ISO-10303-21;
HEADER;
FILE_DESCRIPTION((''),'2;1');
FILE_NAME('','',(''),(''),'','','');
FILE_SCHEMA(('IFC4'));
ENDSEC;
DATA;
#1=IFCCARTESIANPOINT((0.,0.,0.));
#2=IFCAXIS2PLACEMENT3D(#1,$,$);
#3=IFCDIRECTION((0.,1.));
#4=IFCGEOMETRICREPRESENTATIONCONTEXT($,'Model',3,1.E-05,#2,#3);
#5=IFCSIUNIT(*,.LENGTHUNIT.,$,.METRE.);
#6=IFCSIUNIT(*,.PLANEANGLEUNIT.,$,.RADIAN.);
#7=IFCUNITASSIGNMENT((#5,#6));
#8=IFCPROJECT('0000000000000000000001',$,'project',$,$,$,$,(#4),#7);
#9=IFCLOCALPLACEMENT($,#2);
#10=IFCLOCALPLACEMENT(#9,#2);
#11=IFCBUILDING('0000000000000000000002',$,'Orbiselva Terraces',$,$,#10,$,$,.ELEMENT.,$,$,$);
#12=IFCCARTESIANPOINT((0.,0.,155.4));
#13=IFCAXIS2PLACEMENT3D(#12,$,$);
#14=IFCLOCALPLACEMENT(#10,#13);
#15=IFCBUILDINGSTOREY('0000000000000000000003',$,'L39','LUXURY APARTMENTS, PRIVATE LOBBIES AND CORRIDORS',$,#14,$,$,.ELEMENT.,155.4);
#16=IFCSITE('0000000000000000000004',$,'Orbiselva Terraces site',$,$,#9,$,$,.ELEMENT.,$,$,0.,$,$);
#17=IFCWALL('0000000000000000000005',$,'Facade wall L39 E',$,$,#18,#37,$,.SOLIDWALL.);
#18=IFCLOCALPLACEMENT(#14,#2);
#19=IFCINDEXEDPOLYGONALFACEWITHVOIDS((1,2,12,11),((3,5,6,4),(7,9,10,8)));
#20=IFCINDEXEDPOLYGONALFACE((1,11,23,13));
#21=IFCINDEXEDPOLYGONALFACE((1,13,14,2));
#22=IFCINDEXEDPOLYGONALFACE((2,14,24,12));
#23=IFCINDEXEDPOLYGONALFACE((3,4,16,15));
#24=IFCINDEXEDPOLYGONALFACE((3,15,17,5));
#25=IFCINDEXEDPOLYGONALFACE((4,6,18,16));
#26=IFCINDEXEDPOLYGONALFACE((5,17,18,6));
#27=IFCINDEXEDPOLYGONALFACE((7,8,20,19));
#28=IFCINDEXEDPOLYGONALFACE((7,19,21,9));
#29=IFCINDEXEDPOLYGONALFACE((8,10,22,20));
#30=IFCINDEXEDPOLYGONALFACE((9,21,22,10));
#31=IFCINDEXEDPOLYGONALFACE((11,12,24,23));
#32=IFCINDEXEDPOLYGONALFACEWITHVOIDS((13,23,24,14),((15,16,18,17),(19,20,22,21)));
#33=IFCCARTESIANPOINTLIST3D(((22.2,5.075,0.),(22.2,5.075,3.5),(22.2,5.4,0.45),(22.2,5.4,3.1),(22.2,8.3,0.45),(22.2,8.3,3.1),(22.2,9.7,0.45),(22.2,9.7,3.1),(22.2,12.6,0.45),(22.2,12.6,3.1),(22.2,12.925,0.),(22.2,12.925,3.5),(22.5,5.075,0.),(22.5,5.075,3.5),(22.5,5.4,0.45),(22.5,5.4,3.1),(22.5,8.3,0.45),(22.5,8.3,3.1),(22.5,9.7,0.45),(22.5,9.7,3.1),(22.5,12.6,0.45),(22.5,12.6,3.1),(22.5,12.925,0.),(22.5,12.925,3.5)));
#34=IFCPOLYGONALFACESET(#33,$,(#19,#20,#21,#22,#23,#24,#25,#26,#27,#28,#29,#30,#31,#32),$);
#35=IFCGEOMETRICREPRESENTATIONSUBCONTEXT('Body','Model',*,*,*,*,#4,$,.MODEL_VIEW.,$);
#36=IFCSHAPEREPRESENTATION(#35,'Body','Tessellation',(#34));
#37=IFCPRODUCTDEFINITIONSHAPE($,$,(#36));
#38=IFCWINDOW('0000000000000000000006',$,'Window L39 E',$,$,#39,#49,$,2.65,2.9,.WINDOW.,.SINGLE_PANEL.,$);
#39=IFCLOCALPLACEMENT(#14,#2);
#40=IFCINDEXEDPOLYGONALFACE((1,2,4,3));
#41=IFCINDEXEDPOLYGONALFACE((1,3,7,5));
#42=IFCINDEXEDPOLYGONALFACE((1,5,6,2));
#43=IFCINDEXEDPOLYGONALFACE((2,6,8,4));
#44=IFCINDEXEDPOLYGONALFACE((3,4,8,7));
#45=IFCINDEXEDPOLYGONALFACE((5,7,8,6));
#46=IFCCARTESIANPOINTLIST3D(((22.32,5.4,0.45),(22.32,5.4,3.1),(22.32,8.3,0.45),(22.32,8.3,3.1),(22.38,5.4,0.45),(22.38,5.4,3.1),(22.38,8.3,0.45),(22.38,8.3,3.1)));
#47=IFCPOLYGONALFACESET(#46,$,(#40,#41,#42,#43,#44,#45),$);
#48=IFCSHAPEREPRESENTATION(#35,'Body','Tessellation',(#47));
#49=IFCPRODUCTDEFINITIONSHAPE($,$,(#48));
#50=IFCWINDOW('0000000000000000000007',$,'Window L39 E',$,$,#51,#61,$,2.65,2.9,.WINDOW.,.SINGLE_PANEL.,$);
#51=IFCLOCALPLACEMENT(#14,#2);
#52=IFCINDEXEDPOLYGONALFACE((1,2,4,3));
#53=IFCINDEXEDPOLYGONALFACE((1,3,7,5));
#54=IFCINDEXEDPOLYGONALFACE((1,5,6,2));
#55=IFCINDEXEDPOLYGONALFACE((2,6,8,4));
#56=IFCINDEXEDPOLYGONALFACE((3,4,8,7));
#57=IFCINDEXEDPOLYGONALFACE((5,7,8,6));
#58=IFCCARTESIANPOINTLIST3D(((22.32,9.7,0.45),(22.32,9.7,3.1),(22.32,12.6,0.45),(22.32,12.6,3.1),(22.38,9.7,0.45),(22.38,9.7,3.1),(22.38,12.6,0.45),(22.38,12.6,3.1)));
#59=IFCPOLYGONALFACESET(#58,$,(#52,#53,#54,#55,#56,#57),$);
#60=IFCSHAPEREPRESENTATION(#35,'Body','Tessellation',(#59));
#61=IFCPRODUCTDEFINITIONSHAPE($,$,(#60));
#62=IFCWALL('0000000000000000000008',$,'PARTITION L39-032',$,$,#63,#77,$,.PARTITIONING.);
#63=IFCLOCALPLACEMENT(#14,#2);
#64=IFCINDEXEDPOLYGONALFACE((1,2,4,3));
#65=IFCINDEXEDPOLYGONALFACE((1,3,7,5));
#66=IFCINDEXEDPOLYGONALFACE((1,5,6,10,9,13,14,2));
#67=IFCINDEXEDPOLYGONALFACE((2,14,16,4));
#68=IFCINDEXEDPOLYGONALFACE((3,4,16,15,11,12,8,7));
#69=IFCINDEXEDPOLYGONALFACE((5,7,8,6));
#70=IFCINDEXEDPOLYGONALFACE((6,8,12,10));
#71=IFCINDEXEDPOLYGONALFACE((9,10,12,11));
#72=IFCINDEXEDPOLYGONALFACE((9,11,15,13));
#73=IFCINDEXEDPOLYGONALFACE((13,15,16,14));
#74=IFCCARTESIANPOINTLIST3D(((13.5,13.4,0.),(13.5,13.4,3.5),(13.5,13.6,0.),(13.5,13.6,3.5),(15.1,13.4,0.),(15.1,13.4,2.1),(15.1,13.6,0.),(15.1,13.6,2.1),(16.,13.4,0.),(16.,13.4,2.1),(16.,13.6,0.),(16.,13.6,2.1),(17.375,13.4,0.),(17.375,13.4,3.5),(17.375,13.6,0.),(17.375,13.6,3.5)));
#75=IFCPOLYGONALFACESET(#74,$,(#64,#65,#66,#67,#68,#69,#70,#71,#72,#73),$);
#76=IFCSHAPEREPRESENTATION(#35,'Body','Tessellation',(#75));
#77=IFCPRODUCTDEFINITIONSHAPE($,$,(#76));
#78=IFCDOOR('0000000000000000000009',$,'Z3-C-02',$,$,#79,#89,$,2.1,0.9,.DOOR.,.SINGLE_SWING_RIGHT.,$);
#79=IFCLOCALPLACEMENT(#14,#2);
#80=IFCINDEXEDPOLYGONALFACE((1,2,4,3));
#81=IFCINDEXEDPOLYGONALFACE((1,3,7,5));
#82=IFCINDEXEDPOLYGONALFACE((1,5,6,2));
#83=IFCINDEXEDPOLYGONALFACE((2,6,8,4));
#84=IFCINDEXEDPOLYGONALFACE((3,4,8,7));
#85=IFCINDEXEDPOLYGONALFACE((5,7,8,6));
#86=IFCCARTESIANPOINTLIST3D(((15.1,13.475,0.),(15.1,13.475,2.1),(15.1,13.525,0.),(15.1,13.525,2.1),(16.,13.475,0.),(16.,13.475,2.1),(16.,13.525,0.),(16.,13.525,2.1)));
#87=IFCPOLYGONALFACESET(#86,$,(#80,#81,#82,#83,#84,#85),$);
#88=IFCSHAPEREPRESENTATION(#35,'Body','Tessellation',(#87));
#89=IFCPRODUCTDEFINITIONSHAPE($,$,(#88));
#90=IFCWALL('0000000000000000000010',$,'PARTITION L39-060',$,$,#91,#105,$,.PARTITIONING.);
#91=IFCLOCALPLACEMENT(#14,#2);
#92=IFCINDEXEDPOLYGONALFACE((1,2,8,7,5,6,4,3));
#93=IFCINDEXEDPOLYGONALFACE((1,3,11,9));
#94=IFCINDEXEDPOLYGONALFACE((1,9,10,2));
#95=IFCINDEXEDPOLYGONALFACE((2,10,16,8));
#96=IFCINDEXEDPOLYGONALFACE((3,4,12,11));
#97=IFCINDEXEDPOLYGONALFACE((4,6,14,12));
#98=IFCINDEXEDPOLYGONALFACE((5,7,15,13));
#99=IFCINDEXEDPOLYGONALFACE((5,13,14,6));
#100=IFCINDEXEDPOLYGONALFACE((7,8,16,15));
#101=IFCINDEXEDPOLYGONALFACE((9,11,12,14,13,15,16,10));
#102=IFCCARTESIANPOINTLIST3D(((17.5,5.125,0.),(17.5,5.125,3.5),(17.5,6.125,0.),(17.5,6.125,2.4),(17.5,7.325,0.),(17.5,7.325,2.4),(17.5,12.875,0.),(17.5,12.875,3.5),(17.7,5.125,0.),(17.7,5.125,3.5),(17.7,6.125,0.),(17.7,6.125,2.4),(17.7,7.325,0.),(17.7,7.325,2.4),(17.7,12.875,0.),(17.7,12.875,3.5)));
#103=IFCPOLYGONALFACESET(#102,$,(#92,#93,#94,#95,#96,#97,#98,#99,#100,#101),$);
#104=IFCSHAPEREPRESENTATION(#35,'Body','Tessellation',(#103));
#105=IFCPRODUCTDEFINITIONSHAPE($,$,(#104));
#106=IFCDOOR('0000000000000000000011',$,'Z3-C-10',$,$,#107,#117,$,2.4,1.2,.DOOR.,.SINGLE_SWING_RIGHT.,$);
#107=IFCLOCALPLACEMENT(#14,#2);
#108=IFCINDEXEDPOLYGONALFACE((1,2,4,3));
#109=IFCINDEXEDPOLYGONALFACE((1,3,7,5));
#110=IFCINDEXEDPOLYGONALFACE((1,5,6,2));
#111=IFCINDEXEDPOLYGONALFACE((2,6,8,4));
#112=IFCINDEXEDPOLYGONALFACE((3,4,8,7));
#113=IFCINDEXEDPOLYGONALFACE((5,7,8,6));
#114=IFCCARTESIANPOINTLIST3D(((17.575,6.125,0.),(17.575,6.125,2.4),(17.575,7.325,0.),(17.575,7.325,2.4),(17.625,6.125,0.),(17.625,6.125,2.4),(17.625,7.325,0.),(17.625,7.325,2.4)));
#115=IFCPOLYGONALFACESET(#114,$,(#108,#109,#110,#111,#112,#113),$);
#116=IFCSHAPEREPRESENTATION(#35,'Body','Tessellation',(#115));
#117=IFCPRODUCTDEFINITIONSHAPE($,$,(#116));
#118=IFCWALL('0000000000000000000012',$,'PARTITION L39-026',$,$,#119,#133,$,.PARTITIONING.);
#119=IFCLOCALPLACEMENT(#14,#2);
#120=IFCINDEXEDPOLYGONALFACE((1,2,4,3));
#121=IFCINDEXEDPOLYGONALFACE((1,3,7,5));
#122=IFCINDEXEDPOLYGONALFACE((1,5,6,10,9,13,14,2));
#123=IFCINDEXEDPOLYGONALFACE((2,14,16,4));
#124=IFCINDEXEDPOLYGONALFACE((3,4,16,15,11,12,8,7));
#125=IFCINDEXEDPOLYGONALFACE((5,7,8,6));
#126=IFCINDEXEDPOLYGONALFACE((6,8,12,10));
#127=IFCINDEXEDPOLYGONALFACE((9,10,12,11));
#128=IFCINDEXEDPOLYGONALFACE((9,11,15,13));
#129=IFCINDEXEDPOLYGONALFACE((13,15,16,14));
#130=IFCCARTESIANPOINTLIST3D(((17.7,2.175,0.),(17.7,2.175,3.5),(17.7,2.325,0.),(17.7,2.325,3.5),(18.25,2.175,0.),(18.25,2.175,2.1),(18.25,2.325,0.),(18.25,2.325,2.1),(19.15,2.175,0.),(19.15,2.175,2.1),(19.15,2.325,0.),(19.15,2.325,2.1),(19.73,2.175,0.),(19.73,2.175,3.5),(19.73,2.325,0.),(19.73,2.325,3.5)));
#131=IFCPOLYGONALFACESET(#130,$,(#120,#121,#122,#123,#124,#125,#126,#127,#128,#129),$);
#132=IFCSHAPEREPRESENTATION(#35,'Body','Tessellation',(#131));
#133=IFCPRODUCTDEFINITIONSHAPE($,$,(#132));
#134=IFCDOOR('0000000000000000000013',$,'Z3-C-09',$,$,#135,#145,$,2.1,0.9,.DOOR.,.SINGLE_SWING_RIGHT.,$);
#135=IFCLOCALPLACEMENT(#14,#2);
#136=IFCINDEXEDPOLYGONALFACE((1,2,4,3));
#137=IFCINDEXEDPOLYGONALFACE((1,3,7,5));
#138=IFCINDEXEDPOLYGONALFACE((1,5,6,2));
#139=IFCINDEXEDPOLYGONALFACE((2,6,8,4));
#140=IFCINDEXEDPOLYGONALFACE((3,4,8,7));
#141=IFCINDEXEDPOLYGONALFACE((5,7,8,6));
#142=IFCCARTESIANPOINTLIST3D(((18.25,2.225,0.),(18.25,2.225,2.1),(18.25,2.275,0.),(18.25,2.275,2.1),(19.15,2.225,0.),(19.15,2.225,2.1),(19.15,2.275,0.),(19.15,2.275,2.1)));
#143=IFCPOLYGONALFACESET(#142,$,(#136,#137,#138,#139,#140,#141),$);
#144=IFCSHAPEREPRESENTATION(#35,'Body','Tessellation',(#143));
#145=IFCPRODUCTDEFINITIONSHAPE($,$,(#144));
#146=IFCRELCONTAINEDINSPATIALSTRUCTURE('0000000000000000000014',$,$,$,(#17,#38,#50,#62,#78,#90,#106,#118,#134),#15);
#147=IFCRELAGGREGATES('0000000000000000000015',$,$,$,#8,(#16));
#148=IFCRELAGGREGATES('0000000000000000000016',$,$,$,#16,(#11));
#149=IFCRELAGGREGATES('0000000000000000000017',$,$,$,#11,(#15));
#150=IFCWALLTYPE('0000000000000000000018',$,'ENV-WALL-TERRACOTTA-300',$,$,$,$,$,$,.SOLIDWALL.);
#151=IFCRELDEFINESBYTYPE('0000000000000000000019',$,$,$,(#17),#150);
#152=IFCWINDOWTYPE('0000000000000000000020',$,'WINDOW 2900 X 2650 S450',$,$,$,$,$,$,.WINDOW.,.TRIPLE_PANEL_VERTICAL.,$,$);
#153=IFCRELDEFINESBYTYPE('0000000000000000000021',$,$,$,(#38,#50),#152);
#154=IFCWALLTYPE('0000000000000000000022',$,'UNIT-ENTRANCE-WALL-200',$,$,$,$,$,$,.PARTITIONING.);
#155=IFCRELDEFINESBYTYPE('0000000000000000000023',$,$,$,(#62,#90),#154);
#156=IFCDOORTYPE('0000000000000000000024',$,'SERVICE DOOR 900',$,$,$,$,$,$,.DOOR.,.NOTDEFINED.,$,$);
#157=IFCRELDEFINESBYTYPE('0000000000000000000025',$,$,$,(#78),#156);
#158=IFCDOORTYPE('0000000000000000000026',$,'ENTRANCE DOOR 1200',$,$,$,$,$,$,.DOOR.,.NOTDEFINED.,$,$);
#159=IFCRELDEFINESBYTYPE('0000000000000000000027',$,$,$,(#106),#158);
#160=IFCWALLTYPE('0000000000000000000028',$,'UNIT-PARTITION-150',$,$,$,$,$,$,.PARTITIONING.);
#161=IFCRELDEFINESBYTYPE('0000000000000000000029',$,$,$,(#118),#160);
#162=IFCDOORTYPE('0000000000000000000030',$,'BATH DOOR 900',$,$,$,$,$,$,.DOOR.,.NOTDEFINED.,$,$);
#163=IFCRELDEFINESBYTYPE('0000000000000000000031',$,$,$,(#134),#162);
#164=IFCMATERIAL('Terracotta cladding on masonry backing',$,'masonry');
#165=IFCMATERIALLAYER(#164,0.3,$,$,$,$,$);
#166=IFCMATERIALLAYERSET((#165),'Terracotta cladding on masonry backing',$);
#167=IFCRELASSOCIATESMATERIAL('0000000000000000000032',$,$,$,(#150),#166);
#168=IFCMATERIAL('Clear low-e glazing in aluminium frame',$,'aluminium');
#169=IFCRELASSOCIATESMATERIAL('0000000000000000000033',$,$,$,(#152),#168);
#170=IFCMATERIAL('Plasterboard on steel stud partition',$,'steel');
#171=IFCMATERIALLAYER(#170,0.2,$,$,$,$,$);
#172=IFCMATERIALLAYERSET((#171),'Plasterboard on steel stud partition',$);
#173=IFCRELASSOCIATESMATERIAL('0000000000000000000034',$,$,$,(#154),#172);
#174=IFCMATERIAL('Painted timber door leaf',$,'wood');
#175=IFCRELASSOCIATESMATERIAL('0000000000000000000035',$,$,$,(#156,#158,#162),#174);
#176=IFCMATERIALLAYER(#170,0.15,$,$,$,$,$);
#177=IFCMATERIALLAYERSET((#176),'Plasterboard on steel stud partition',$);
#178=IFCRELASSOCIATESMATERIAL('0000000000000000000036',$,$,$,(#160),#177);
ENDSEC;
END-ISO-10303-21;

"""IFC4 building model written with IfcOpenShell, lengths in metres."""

from ifc_helpers import new_model, si_unit, direction, frame, frame_2d, origin, place, context, subcontext, project, spatial, rectangle, extrude, material, layer, layer_set, type_object, element, fill, save


model = new_model("IFC4")

# Units and contexts
model_context = context("Model", 3, precision=1e-05, world=origin(), true_north=direction((0.0, 1.0)))
body_context = subcontext(model_context, "Body", "Model", "MODEL_VIEW")
ifc_project = project(units=[si_unit("LENGTHUNIT", "METRE"), si_unit("PLANEANGLEUNIT", "RADIAN")], contexts=[model_context])

# Site, building, storey
site_placement = place(None, origin())
site = spatial("IfcSite", under=ifc_project, at=site_placement, Name="Orbiselva Terraces site", CompositionType="ELEMENT", RefElevation=0.0)
building_placement = place(site_placement, origin())
building = spatial("IfcBuilding", under=site, at=building_placement, Name="Orbiselva Terraces", CompositionType="ELEMENT")
storey_placement = place(building_placement, frame((0.0, 0.0, 155.4)))
storey = spatial("IfcBuildingStorey", under=building, at=storey_placement, Name="L39", Description="LUXURY APARTMENTS, PRIVATE LOBBIES AND CORRIDORS", CompositionType="ELEMENT", Elevation=155.4)

# Shared definitions
ifc_material_1 = material(Name="Terracotta cladding on masonry backing", Category="masonry")
ifc_layer_1 = layer(ifc_material_1, 0.3)
ifc_layer_set_1 = layer_set([ifc_layer_1], Name="Terracotta cladding on masonry backing")
wall_type_1 = type_object("IfcWallType", Name="ENV-WALL-TERRACOTTA-300", PredefinedType="SOLIDWALL", material=ifc_layer_set_1)
ifc_material_2 = material(Name="Clear low-e glazing in aluminium frame", Category="aluminium")

# Wall, openings, windows
wall_1_placement = place(storey_placement, frame((22.35, 12.925, 0.0), z_axis=(0.0, 0.0, 1.0), x_axis=(0.0, -1.0, 0.0)))
wall_1 = element("IfcWall", 1, at=wall_1_placement, inside=storey, type_object=wall_type_1, Name="Facade wall L39 E", PredefinedType="SOLIDWALL", context=body_context, shape_type="SweptSolid", body=[
    extrude(rectangle(XDim=7.85, YDim=0.3, at=frame_2d((3.925, 0.0))), origin(), (0.0, 0.0, 1.0), 3.5),
])
opening_1_placement = place(wall_1_placement, frame((4.625, 0.0, 0.45)))
opening_1 = element("IfcOpeningElement", 2, at=opening_1_placement, cuts=wall_1, PredefinedType="OPENING", context=body_context, shape_type="SweptSolid", body=[
    extrude(rectangle(XDim=2.9, YDim=2.65, at=frame_2d((1.45, 1.325))), frame((0.0, 0.16, 0.0), z_axis=(0.0, -1.0, 0.0), x_axis=(1.0, 0.0, 0.0)), (0.0, 0.0, 1.0), 0.32),
])
opening_2_placement = place(wall_1_placement, frame((0.325, 0.0, 0.45)))
opening_2 = element("IfcOpeningElement", 3, at=opening_2_placement, cuts=wall_1, PredefinedType="OPENING", context=body_context, shape_type="SweptSolid", body=[
    extrude(rectangle(XDim=2.9, YDim=2.65, at=frame_2d((1.45, 1.325))), frame((0.0, 0.16, 0.0), z_axis=(0.0, -1.0, 0.0), x_axis=(1.0, 0.0, 0.0)), (0.0, 0.0, 1.0), 0.32),
])
window_type = type_object("IfcWindowType", Name="WINDOW 2900 X 2650 S450", PartitioningType="TRIPLE_PANEL_VERTICAL", PredefinedType="WINDOW", material=ifc_material_2)
window_1_placement = place(opening_1_placement, origin())
window_1 = element("IfcWindow", 4, at=window_1_placement, inside=storey, type_object=window_type, Name="Window L39 E", OverallHeight=2.65, OverallWidth=2.9, PartitioningType="SINGLE_PANEL", PredefinedType="WINDOW", context=body_context, shape_type="SweptSolid", body=[
    extrude(rectangle(XDim=2.9, YDim=2.65, at=frame_2d((1.45, 1.325))), frame((0.0, 0.03, 0.0), z_axis=(0.0, -1.0, 0.0), x_axis=(1.0, 0.0, 0.0)), (0.0, 0.0, 1.0), 0.06),
])
fill(opening_1, window_1)
window_2_placement = place(opening_2_placement, origin())
window_2 = element("IfcWindow", 5, at=window_2_placement, inside=storey, type_object=window_type, Name="Window L39 E", OverallHeight=2.65, OverallWidth=2.9, PartitioningType="SINGLE_PANEL", PredefinedType="WINDOW", context=body_context, shape_type="SweptSolid", body=[
    extrude(rectangle(XDim=2.9, YDim=2.65, at=frame_2d((1.45, 1.325))), frame((0.0, 0.03, 0.0), z_axis=(0.0, -1.0, 0.0), x_axis=(1.0, 0.0, 0.0)), (0.0, 0.0, 1.0), 0.06),
])
fill(opening_2, window_2)

# Walls, openings, doors
ifc_material_3 = material(Name="Plasterboard on steel stud partition", Category="steel")
ifc_layer_2 = layer(ifc_material_3, 0.2)
ifc_layer_set_2 = layer_set([ifc_layer_2], Name="Plasterboard on steel stud partition")
wall_type_2 = type_object("IfcWallType", Name="UNIT-ENTRANCE-WALL-200", PredefinedType="PARTITIONING", material=ifc_layer_set_2)
wall_2_placement = place(storey_placement, frame((13.5, 13.5, 0.0), z_axis=(0.0, 0.0, 1.0), x_axis=(1.0, 0.0, 0.0)))
wall_2 = element("IfcWall", 6, at=wall_2_placement, inside=storey, type_object=wall_type_2, Name="PARTITION L39-032", PredefinedType="PARTITIONING", context=body_context, shape_type="SweptSolid", body=[
    extrude(rectangle(XDim=3.875, YDim=0.2, at=frame_2d((1.9375, 0.0))), origin(), (0.0, 0.0, 1.0), 3.5),
])
opening_3_placement = place(wall_2_placement, frame((1.6, 0.0, 0.0)))
opening_3 = element("IfcOpeningElement", 7, at=opening_3_placement, cuts=wall_2, PredefinedType="OPENING", context=body_context, shape_type="SweptSolid", body=[
    extrude(rectangle(XDim=0.9, YDim=2.1, at=frame_2d((0.45, 1.05))), frame((0.0, 0.11, 0.0), z_axis=(0.0, -1.0, 0.0), x_axis=(1.0, 0.0, 0.0)), (0.0, 0.0, 1.0), 0.22),
])
ifc_material_4 = material(Name="Painted timber door leaf", Category="wood")
door_type_1 = type_object("IfcDoorType", Name="SERVICE DOOR 900", OperationType="NOTDEFINED", PredefinedType="DOOR", material=ifc_material_4)
door_1_placement = place(opening_3_placement, origin())
door_1 = element("IfcDoor", 8, at=door_1_placement, inside=storey, type_object=door_type_1, Name="Z3-C-02", OperationType="SINGLE_SWING_RIGHT", OverallHeight=2.1, OverallWidth=0.9, PredefinedType="DOOR", context=body_context, shape_type="SweptSolid", body=[
    extrude(rectangle(XDim=0.9, YDim=2.1, at=frame_2d((0.45, 1.05))), frame((0.0, 0.025, 0.0), z_axis=(0.0, -1.0, 0.0), x_axis=(1.0, 0.0, 0.0)), (0.0, 0.0, 1.0), 0.05),
])
fill(opening_3, door_1)
wall_3_placement = place(storey_placement, frame((17.6, 12.875, 0.0), z_axis=(0.0, 0.0, 1.0), x_axis=(0.0, -1.0, 0.0)))
wall_3 = element("IfcWall", 9, at=wall_3_placement, inside=storey, type_object=wall_type_2, Name="PARTITION L39-060", PredefinedType="PARTITIONING", context=body_context, shape_type="SweptSolid", body=[
    extrude(rectangle(XDim=7.75, YDim=0.2, at=frame_2d((3.875, 0.0))), origin(), (0.0, 0.0, 1.0), 3.5),
])
opening_4_placement = place(wall_3_placement, frame((5.55, 0.0, 0.0)))
opening_4 = element("IfcOpeningElement", 10, at=opening_4_placement, cuts=wall_3, PredefinedType="OPENING", context=body_context, shape_type="SweptSolid", body=[
    extrude(rectangle(XDim=1.2, YDim=2.4, at=frame_2d((0.6, 1.2))), frame((0.0, 0.11, 0.0), z_axis=(0.0, -1.0, 0.0), x_axis=(1.0, 0.0, 0.0)), (0.0, 0.0, 1.0), 0.22),
])
door_type_2 = type_object("IfcDoorType", Name="ENTRANCE DOOR 1200", OperationType="NOTDEFINED", PredefinedType="DOOR", material=ifc_material_4)
door_2_placement = place(opening_4_placement, origin())
door_2 = element("IfcDoor", 11, at=door_2_placement, inside=storey, type_object=door_type_2, Name="Z3-C-10", OperationType="SINGLE_SWING_RIGHT", OverallHeight=2.4, OverallWidth=1.2, PredefinedType="DOOR", context=body_context, shape_type="SweptSolid", body=[
    extrude(rectangle(XDim=1.2, YDim=2.4, at=frame_2d((0.6, 1.2))), frame((0.0, 0.025, 0.0), z_axis=(0.0, -1.0, 0.0), x_axis=(1.0, 0.0, 0.0)), (0.0, 0.0, 1.0), 0.05),
])
fill(opening_4, door_2)
ifc_layer_3 = layer(ifc_material_3, 0.15)
ifc_layer_set_3 = layer_set([ifc_layer_3], Name="Plasterboard on steel stud partition")
wall_type_3 = type_object("IfcWallType", Name="UNIT-PARTITION-150", PredefinedType="PARTITIONING", material=ifc_layer_set_3)
wall_4_placement = place(storey_placement, frame((19.73, 2.25, 0.0), z_axis=(0.0, 0.0, 1.0), x_axis=(-1.0, 0.0, 0.0)))
wall_4 = element("IfcWall", 12, at=wall_4_placement, inside=storey, type_object=wall_type_3, Name="PARTITION L39-026", PredefinedType="PARTITIONING", context=body_context, shape_type="SweptSolid", body=[
    extrude(rectangle(XDim=2.03, YDim=0.15, at=frame_2d((1.015, 0.0))), origin(), (0.0, 0.0, 1.0), 3.5),
])
opening_5_placement = place(wall_4_placement, frame((0.58, 0.0, 0.0)))
opening_5 = element("IfcOpeningElement", 13, at=opening_5_placement, cuts=wall_4, PredefinedType="OPENING", context=body_context, shape_type="SweptSolid", body=[
    extrude(rectangle(XDim=0.9, YDim=2.1, at=frame_2d((0.45, 1.05))), frame((0.0, 0.085, 0.0), z_axis=(0.0, -1.0, 0.0), x_axis=(1.0, 0.0, 0.0)), (0.0, 0.0, 1.0), 0.17),
])
door_type_3 = type_object("IfcDoorType", Name="BATH DOOR 900", OperationType="NOTDEFINED", PredefinedType="DOOR", material=ifc_material_4)
door_3_placement = place(opening_5_placement, origin())
door_3 = element("IfcDoor", 14, at=door_3_placement, inside=storey, type_object=door_type_3, Name="Z3-C-09", OperationType="SINGLE_SWING_RIGHT", OverallHeight=2.1, OverallWidth=0.9, PredefinedType="DOOR", context=body_context, shape_type="SweptSolid", body=[
    extrude(rectangle(XDim=0.9, YDim=2.1, at=frame_2d((0.45, 1.05))), frame((0.0, 0.025, 0.0), z_axis=(0.0, -1.0, 0.0), x_axis=(1.0, 0.0, 0.0)), (0.0, 0.0, 1.0), 0.05),
])
fill(opening_5, door_3)

save(model, "model.ifc")
